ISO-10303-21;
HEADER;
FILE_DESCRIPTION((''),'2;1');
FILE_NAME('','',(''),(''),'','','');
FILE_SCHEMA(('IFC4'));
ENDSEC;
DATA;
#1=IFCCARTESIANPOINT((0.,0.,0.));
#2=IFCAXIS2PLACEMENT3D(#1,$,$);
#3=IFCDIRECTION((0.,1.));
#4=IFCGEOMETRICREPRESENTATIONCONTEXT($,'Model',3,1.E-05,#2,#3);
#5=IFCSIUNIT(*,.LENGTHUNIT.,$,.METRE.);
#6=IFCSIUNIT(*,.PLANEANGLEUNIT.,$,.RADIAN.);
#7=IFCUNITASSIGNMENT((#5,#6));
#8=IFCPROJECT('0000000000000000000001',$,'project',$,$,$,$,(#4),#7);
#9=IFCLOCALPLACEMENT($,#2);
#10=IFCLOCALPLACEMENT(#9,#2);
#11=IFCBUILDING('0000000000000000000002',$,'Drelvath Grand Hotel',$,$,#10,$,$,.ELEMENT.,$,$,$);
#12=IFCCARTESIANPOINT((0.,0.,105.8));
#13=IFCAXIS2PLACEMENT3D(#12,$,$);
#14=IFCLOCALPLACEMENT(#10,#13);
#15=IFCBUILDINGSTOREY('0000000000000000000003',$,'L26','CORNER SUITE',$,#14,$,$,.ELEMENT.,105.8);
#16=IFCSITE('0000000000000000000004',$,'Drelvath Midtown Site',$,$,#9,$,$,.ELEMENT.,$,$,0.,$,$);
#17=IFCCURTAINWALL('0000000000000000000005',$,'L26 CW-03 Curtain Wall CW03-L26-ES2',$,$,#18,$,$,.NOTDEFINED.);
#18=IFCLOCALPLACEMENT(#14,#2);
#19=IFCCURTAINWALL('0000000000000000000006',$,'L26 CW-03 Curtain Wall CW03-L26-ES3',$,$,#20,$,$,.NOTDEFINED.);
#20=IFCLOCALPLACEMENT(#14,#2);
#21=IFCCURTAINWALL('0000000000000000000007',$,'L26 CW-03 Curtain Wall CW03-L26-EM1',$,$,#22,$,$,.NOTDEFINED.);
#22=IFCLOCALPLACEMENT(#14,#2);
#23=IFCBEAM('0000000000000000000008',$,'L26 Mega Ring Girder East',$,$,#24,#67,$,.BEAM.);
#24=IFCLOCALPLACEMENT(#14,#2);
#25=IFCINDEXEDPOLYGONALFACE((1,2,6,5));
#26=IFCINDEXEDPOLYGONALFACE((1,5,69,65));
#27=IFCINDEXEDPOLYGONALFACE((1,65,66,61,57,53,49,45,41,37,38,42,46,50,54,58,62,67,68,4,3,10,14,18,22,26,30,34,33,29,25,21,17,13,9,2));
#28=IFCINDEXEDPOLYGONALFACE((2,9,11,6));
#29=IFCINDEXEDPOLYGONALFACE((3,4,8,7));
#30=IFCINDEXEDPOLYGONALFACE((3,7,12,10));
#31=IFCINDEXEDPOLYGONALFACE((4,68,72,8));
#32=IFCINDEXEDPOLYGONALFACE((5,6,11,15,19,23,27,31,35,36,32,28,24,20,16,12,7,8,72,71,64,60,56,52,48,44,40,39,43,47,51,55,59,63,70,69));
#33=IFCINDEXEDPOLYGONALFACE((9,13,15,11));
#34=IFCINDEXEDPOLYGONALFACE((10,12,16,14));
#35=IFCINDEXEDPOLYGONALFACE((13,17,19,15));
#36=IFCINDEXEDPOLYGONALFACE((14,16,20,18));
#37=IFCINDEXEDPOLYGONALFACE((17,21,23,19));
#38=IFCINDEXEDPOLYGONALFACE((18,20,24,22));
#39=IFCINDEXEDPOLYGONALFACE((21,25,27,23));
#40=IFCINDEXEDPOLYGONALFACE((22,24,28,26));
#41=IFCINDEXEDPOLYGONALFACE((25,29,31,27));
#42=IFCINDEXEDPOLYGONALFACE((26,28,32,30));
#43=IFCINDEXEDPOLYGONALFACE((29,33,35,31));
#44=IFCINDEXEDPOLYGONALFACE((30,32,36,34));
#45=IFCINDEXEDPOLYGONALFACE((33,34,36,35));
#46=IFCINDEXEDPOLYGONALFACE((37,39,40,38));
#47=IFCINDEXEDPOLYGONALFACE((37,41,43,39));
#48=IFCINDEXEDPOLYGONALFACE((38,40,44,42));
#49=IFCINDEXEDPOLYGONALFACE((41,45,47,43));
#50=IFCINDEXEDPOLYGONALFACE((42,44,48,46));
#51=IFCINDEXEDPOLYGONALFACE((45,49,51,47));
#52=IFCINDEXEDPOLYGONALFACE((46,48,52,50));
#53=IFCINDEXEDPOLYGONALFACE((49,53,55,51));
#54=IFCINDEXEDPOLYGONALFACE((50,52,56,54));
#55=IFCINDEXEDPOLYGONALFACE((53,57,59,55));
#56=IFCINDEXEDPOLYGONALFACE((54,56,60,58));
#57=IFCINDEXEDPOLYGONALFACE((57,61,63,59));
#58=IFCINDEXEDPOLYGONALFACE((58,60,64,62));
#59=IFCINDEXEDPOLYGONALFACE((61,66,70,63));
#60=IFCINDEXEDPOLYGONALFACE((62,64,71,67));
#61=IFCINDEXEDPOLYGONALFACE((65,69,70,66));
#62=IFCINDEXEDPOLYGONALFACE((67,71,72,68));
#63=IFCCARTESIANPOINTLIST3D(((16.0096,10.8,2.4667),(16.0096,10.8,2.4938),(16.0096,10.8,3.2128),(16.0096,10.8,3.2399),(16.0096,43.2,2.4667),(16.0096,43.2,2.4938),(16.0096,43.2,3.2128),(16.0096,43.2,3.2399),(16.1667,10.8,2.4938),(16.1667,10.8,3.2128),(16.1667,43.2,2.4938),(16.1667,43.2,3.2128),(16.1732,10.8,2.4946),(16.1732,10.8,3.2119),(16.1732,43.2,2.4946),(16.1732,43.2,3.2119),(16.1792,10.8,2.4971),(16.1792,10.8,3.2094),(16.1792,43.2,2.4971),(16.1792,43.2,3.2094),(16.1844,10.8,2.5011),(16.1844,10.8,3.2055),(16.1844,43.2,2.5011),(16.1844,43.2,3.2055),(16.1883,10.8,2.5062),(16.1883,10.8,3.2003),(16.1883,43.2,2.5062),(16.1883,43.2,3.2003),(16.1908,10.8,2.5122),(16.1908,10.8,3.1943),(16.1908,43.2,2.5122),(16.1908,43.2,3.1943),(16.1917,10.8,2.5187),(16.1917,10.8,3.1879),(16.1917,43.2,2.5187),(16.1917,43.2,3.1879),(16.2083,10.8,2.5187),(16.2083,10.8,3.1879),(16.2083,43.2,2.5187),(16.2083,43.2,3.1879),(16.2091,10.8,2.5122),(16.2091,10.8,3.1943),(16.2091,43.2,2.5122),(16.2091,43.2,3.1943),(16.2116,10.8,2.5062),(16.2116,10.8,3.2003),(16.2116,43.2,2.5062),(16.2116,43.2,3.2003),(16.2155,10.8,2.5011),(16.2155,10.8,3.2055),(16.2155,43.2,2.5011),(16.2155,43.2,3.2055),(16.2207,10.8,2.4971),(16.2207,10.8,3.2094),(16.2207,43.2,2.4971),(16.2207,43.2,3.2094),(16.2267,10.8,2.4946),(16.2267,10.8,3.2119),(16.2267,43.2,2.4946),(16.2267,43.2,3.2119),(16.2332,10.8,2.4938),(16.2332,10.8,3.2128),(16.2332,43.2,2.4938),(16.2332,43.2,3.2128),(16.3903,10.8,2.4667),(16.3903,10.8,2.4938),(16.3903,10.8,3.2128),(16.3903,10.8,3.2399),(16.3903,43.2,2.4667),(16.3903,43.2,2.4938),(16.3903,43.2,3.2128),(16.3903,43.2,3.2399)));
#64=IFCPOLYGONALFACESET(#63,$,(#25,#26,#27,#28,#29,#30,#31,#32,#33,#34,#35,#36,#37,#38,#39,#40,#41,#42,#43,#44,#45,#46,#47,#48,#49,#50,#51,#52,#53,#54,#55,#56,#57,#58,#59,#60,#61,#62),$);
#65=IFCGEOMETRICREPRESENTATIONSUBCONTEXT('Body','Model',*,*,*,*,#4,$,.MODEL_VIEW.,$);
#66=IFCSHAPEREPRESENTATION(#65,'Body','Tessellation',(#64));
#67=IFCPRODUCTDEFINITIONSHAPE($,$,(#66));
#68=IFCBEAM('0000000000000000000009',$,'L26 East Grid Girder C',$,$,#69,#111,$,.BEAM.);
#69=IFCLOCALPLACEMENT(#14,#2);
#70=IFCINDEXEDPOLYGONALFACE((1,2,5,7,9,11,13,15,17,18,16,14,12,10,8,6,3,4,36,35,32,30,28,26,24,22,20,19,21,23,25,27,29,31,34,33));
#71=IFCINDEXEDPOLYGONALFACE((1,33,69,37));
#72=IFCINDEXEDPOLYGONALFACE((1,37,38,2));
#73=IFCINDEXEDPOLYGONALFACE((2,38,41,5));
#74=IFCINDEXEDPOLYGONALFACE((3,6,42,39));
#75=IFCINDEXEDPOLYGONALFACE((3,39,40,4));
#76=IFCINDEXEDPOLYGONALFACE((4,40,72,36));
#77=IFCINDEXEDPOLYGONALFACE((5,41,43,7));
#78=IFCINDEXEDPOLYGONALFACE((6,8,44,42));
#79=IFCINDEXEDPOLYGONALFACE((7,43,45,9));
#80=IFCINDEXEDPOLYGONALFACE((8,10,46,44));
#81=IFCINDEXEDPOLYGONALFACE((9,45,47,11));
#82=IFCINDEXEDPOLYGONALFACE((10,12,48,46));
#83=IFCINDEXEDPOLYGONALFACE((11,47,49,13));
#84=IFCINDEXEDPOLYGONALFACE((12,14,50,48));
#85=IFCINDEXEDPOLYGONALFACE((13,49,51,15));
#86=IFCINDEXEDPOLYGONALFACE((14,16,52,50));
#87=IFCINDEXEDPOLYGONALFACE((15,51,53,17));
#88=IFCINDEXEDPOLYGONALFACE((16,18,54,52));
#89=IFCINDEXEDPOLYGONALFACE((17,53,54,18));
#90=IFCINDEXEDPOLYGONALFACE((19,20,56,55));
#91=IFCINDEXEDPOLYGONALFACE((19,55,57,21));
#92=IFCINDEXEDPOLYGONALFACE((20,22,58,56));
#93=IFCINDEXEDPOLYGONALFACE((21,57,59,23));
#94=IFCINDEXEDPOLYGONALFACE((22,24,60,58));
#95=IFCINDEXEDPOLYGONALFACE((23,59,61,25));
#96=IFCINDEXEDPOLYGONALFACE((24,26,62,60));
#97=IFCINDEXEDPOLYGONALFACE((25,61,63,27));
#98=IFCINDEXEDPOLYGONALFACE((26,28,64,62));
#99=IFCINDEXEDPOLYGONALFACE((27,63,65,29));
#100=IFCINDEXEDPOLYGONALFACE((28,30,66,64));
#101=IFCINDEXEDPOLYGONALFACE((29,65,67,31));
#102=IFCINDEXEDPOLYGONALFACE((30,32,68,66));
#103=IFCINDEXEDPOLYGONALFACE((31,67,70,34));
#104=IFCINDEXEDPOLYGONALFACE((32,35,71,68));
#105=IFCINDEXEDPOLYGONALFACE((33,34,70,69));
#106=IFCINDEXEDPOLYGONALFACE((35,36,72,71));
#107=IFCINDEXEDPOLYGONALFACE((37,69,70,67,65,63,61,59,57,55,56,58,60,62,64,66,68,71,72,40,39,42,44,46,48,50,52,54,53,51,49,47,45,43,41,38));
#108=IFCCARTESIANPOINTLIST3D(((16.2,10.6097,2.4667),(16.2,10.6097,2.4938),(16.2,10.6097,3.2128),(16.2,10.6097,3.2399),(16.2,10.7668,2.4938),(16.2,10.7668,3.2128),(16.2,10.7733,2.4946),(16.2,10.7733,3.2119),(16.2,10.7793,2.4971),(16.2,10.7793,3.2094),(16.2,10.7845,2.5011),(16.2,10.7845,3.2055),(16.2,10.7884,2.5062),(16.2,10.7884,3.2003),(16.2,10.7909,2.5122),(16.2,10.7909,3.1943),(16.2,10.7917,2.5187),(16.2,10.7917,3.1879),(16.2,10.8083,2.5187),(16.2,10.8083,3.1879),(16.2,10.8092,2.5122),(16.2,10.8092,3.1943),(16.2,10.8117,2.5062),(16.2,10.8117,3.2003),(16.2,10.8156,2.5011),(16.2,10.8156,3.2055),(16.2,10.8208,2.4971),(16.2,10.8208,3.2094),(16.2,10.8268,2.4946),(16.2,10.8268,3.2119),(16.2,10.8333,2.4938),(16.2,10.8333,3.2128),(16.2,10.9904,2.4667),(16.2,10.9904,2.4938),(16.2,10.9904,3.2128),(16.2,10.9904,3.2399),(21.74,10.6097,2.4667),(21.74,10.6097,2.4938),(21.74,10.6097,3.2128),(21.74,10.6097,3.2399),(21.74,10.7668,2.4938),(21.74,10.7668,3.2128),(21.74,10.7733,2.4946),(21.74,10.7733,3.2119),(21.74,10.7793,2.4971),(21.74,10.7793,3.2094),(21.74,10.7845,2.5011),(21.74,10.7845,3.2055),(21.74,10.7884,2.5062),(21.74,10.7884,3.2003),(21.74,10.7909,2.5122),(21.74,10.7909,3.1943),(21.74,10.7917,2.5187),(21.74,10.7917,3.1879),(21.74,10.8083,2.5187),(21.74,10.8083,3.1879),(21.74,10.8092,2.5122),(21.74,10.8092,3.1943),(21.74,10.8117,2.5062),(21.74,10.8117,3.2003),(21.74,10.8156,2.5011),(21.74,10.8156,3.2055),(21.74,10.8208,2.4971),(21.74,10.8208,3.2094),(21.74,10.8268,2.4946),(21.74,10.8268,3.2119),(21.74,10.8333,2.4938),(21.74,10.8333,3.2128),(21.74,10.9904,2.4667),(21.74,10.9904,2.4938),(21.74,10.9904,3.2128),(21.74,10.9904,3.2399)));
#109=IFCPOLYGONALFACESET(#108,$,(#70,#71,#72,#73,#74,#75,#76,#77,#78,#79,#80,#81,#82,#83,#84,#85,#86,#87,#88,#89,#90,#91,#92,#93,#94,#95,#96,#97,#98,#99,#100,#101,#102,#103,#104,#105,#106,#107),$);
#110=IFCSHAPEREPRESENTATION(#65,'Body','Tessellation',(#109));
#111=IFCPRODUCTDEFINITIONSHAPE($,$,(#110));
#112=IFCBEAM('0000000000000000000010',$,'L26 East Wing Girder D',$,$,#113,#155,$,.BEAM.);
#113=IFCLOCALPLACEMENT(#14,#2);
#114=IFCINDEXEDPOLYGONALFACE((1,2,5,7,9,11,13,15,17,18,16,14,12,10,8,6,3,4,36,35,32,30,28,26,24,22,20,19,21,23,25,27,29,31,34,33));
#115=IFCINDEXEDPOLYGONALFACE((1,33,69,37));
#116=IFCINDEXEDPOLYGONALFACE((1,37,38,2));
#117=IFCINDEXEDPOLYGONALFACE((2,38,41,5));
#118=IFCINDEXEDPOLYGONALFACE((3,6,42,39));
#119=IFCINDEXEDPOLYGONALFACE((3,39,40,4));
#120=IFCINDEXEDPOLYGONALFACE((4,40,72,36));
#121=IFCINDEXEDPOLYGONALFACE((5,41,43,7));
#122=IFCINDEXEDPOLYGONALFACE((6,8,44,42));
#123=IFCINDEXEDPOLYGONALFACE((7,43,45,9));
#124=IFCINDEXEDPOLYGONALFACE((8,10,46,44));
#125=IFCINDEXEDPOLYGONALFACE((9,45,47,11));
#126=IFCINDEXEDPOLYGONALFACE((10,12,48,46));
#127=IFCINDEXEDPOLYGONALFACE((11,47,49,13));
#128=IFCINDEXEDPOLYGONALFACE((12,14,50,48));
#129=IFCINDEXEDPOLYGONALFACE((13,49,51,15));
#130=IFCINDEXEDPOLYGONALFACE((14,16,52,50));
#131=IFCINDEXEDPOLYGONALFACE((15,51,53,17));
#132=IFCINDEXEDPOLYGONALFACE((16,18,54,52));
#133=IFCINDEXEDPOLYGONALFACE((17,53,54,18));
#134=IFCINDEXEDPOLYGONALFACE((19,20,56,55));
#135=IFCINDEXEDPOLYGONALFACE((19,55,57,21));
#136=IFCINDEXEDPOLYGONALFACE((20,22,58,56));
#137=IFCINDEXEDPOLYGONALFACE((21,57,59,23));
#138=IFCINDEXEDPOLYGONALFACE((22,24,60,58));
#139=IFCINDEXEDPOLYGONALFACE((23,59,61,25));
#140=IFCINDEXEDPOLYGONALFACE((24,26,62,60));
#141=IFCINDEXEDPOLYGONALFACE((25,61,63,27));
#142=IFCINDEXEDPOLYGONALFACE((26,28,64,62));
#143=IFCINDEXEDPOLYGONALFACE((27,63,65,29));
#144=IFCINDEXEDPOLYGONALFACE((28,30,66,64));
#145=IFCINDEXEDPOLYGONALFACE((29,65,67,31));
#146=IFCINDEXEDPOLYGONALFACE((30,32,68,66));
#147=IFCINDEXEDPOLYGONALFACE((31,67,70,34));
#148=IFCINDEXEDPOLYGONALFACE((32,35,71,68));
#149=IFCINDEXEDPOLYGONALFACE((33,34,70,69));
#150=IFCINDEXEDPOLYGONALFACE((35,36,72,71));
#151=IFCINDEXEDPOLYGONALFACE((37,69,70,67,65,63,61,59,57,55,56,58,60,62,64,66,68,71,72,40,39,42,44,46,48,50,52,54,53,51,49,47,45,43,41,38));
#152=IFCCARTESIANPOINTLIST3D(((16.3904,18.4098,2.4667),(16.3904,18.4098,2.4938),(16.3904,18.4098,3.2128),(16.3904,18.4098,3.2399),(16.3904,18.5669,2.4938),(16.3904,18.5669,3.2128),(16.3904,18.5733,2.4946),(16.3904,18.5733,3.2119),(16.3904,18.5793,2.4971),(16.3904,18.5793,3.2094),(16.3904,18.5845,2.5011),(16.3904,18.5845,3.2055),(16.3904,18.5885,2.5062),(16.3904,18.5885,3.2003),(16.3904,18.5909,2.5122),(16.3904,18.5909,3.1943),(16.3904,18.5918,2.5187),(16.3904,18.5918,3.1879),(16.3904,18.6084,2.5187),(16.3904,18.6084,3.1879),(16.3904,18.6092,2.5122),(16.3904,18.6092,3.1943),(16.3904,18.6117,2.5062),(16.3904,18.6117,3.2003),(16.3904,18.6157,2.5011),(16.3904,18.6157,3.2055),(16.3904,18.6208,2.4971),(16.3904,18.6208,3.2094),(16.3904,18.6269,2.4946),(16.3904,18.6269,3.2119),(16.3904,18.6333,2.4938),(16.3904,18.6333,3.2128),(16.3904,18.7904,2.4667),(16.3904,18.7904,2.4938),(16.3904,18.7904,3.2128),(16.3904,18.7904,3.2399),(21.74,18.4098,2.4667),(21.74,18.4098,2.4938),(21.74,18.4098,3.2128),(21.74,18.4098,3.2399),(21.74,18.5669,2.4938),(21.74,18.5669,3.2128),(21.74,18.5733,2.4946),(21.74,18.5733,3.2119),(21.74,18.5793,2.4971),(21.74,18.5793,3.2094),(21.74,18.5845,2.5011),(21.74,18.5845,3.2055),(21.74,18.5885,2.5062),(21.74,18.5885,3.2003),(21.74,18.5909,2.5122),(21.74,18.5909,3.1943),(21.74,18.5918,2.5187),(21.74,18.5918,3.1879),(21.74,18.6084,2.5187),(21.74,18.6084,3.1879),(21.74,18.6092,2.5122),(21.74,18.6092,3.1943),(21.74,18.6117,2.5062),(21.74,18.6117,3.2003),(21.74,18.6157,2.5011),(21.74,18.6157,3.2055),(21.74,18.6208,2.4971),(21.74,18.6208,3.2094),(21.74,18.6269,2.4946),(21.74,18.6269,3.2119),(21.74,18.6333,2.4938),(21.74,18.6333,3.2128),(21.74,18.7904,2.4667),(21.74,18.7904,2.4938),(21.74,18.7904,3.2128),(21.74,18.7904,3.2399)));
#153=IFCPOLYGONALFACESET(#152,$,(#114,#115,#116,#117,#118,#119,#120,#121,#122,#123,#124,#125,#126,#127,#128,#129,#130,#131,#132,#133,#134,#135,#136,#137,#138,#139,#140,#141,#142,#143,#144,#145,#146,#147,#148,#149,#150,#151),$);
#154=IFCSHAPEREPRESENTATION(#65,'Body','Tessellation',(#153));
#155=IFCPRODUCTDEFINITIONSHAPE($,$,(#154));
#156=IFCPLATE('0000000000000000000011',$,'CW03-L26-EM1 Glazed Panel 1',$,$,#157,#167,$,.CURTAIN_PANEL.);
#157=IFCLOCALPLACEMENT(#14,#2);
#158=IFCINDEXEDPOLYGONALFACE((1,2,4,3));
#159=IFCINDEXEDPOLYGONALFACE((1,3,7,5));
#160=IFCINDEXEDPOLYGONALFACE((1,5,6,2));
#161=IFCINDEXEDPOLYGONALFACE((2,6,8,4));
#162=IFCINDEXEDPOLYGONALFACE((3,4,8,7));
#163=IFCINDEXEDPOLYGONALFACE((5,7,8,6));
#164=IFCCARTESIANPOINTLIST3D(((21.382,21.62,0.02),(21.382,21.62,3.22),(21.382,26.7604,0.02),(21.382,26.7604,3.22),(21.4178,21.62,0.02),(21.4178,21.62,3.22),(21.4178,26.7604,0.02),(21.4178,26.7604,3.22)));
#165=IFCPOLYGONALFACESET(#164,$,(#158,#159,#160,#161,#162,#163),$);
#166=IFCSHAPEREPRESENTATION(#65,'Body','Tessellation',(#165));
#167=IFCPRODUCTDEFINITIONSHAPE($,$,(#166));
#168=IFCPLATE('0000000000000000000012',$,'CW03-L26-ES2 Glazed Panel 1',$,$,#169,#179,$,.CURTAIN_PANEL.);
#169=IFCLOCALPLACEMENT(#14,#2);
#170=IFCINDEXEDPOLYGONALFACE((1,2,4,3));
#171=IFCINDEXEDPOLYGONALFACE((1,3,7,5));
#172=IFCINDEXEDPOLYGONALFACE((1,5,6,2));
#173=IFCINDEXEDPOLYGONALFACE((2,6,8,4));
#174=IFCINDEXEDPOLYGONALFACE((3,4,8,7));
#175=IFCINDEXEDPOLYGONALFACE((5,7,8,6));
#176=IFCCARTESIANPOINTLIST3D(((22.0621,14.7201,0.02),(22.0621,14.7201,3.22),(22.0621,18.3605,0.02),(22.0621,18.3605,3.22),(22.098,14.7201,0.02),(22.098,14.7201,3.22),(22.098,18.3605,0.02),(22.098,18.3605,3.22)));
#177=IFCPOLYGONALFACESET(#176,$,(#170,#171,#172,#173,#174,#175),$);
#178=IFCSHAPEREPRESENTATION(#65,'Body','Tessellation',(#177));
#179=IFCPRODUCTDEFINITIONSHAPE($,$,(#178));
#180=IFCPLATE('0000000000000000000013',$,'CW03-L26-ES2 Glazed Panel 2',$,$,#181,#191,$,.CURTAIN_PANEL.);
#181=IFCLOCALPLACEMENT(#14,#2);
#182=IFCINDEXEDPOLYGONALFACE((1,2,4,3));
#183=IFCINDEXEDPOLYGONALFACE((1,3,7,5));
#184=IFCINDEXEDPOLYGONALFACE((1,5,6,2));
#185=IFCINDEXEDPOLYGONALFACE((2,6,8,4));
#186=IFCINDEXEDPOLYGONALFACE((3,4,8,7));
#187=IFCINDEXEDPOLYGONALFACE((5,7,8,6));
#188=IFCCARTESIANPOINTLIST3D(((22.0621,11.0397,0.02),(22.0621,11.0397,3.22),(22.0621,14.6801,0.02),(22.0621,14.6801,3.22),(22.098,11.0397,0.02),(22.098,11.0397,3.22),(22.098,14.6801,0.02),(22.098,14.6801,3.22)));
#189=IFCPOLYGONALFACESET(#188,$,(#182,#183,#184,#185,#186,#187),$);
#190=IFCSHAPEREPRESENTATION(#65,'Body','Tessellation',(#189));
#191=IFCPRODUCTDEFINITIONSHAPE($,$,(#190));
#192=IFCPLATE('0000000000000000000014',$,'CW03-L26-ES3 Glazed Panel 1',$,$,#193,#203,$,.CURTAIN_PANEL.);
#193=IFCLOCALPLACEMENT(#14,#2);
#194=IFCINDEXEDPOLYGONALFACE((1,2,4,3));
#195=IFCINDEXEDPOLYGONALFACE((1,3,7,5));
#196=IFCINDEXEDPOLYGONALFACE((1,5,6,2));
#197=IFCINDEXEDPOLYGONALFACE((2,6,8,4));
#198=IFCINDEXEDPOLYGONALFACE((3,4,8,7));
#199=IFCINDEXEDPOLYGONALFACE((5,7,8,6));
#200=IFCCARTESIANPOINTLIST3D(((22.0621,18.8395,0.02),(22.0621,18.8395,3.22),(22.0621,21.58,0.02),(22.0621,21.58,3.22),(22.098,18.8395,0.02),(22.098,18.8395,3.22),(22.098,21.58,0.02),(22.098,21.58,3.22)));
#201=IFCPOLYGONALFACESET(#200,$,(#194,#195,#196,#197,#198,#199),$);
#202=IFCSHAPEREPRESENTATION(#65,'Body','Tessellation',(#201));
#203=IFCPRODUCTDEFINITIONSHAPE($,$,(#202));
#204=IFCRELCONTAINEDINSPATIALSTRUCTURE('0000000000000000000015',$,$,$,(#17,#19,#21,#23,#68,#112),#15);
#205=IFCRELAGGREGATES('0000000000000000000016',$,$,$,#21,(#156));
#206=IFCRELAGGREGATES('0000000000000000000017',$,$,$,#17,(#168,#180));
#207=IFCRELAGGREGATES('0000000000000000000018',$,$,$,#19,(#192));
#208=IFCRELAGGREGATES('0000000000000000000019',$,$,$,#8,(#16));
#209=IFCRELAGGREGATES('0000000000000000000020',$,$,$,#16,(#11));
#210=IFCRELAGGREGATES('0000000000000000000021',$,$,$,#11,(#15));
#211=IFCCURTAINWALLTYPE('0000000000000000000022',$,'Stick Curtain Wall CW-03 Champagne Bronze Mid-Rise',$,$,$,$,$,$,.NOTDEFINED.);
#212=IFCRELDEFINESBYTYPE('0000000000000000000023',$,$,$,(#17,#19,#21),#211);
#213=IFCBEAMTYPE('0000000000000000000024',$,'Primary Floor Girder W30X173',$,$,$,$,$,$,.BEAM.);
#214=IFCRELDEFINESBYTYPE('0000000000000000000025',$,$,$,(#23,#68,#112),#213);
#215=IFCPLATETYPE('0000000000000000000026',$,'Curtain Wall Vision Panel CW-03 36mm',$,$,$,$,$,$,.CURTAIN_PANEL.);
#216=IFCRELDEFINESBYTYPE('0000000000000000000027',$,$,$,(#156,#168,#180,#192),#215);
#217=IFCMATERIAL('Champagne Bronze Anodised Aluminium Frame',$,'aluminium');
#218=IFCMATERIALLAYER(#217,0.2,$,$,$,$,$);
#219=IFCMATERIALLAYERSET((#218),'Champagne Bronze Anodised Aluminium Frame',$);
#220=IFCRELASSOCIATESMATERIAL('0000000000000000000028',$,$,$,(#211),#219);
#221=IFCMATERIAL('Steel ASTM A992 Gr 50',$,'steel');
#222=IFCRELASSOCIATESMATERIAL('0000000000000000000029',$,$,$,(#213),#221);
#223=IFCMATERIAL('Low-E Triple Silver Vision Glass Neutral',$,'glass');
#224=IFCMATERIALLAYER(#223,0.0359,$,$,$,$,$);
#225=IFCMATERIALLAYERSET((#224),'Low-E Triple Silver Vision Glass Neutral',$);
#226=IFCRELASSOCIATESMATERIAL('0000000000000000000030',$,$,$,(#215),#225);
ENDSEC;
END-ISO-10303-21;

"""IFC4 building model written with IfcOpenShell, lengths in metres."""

from ifc_helpers import new_model, si_unit, direction, frame, origin, origin_2d, place, context, subcontext, project, spatial, rectangle, i_section, extrude, material, layer, layer_set, material_profile, profile_set, type_object, element, aggregate, save


model = new_model("IFC4")

# Units and contexts
model_context = context("Model", 3, precision=1e-05, world=origin(), true_north=direction((0.0, 1.0)))
body_context = subcontext(model_context, "Body", "Model", "MODEL_VIEW")
ifc_project = project(units=[si_unit("LENGTHUNIT", "METRE"), si_unit("PLANEANGLEUNIT", "RADIAN")], contexts=[model_context])

# Site, building, storey
site_placement = place(None, origin())
site = spatial("IfcSite", under=ifc_project, at=site_placement, Name="Drelvath Midtown Site", CompositionType="ELEMENT", RefElevation=0.0)
building_placement = place(site_placement, origin())
building = spatial("IfcBuilding", under=site, at=building_placement, Name="Drelvath Grand Hotel", CompositionType="ELEMENT")
storey_placement = place(building_placement, frame((0.0, 0.0, 105.8)))
storey = spatial("IfcBuildingStorey", under=building, at=storey_placement, Name="L26", Description="CORNER SUITE", CompositionType="ELEMENT", Elevation=105.8)

# Curtain walls
ifc_material_1 = material(Name="Champagne Bronze Anodised Aluminium Frame", Category="aluminium")
ifc_layer_1 = layer(ifc_material_1, 0.2)
ifc_layer_set_1 = layer_set([ifc_layer_1], Name="Champagne Bronze Anodised Aluminium Frame")
curtain_wall_type = type_object("IfcCurtainWallType", Name="Stick Curtain Wall CW-03 Champagne Bronze Mid-Rise", PredefinedType="NOTDEFINED", material=ifc_layer_set_1)
curtain_wall_1_placement = place(storey_placement, origin())
curtain_wall_1 = element("IfcCurtainWall", 1, at=curtain_wall_1_placement, inside=storey, type_object=curtain_wall_type, Name="L26 CW-03 Curtain Wall CW03-L26-ES2", PredefinedType="NOTDEFINED")
curtain_wall_2_placement = place(storey_placement, origin())
curtain_wall_2 = element("IfcCurtainWall", 2, at=curtain_wall_2_placement, inside=storey, type_object=curtain_wall_type, Name="L26 CW-03 Curtain Wall CW03-L26-ES3", PredefinedType="NOTDEFINED")
curtain_wall_3_placement = place(storey_placement, origin())
curtain_wall_3 = element("IfcCurtainWall", 3, at=curtain_wall_3_placement, inside=storey, type_object=curtain_wall_type, Name="L26 CW-03 Curtain Wall CW03-L26-EM1", PredefinedType="NOTDEFINED")

# Beams
ifc_material_2 = material(Name="Steel ASTM A992 Gr 50", Category="steel")
ifc_material_profile_1 = material_profile(ifc_material_2, i_section(OverallWidth=0.3806, OverallDepth=0.7732, WebThickness=0.0166, FlangeThickness=0.0271, FilletRadius=0.0249, at=origin_2d()), Name="W30X173")
ifc_profile_set_1 = profile_set([ifc_material_profile_1], Name="Steel ASTM A992 Gr 50")
beam_type_1 = type_object("IfcBeamType", Name="Primary Floor Girder W30X173", PredefinedType="BEAM", material=ifc_profile_set_1)
beam_1_placement = place(storey_placement, frame((16.2, 10.8, 2.8533), z_axis=(0.0, 1.0, 0.0), x_axis=(-1.0, 0.0, 0.0)))
element("IfcBeam", 4, at=beam_1_placement, inside=storey, type_object=beam_type_1, Name="L26 Mega Ring Girder East", PredefinedType="BEAM", context=body_context, shape_type="SweptSolid", body=[
    extrude(i_section(OverallWidth=0.3806, OverallDepth=0.7732, WebThickness=0.0166, FlangeThickness=0.0271, FilletRadius=0.0249, at=origin_2d()), origin(), (0.0, 0.0, 1.0), 32.3999),
])
beam_2_placement = place(storey_placement, frame((16.2, 10.8, 2.8533), z_axis=(1.0, 0.0, 0.0), x_axis=(0.0, 1.0, 0.0)))
element("IfcBeam", 5, at=beam_2_placement, inside=storey, type_object=beam_type_1, Name="L26 East Grid Girder C", PredefinedType="BEAM", context=body_context, shape_type="SweptSolid", body=[
    extrude(i_section(OverallWidth=0.3806, OverallDepth=0.7732, WebThickness=0.0166, FlangeThickness=0.0271, FilletRadius=0.0249, at=origin_2d()), origin(), (0.0, 0.0, 1.0), 5.54),
])
beam_3_placement = place(storey_placement, frame((16.3904, 18.6001, 2.8533), z_axis=(1.0, 0.0, 0.0), x_axis=(0.0, 1.0, 0.0)))
element("IfcBeam", 6, at=beam_3_placement, inside=storey, type_object=beam_type_1, Name="L26 East Wing Girder D", PredefinedType="BEAM", context=body_context, shape_type="SweptSolid", body=[
    extrude(i_section(OverallWidth=0.3806, OverallDepth=0.7732, WebThickness=0.0166, FlangeThickness=0.0271, FilletRadius=0.0249, at=origin_2d()), origin(), (0.0, 0.0, 1.0), 5.3496),
])

# Plates
ifc_material_3 = material(Name="Low-E Triple Silver Vision Glass Neutral", Category="glass")
ifc_layer_2 = layer(ifc_material_3, 0.0359)
ifc_layer_set_2 = layer_set([ifc_layer_2], Name="Low-E Triple Silver Vision Glass Neutral")
plate_type = type_object("IfcPlateType", Name="Curtain Wall Vision Panel CW-03 36mm", PredefinedType="CURTAIN_PANEL", material=ifc_layer_set_2)
plate_1_placement = place(storey_placement, frame((21.3999, 24.1902, 0.02), z_axis=(0.0, 0.0, 1.0), x_axis=(0.0, -1.0, 0.0)))
plate_1 = element("IfcPlate", 7, at=plate_1_placement, type_object=plate_type, Name="CW03-L26-EM1 Glazed Panel 1", PredefinedType="CURTAIN_PANEL", context=body_context, shape_type="SweptSolid", body=[
    extrude(rectangle(XDim=5.1404, YDim=0.0359, at=origin_2d()), origin(), (0.0, 0.0, 1.0), 3.2),
])
aggregate(curtain_wall_3, [plate_1])
plate_2_placement = place(storey_placement, frame((22.0801, 16.5403, 0.02), z_axis=(0.0, 0.0, 1.0), x_axis=(0.0, -1.0, 0.0)))
plate_2 = element("IfcPlate", 8, at=plate_2_placement, type_object=plate_type, Name="CW03-L26-ES2 Glazed Panel 1", PredefinedType="CURTAIN_PANEL", context=body_context, shape_type="SweptSolid", body=[
    extrude(rectangle(XDim=3.6404, YDim=0.0359, at=origin_2d()), origin(), (0.0, 0.0, 1.0), 3.2),
])
plate_3_placement = place(storey_placement, frame((22.0801, 12.8599, 0.02), z_axis=(0.0, 0.0, 1.0), x_axis=(0.0, -1.0, 0.0)))
plate_3 = element("IfcPlate", 9, at=plate_3_placement, type_object=plate_type, Name="CW03-L26-ES2 Glazed Panel 2", PredefinedType="CURTAIN_PANEL", context=body_context, shape_type="SweptSolid", body=[
    extrude(rectangle(XDim=3.6404, YDim=0.0359, at=origin_2d()), origin(), (0.0, 0.0, 1.0), 3.2),
])
aggregate(curtain_wall_1, [plate_2, plate_3])
plate_4_placement = place(storey_placement, frame((22.0801, 20.2097, 0.02), z_axis=(0.0, 0.0, 1.0), x_axis=(0.0, -1.0, 0.0)))
plate_4 = element("IfcPlate", 10, at=plate_4_placement, type_object=plate_type, Name="CW03-L26-ES3 Glazed Panel 1", PredefinedType="CURTAIN_PANEL", context=body_context, shape_type="SweptSolid", body=[
    extrude(rectangle(XDim=2.7405, YDim=0.0359, at=origin_2d()), origin(), (0.0, 0.0, 1.0), 3.2),
])
aggregate(curtain_wall_2, [plate_4])

save(model, "model.ifc")
